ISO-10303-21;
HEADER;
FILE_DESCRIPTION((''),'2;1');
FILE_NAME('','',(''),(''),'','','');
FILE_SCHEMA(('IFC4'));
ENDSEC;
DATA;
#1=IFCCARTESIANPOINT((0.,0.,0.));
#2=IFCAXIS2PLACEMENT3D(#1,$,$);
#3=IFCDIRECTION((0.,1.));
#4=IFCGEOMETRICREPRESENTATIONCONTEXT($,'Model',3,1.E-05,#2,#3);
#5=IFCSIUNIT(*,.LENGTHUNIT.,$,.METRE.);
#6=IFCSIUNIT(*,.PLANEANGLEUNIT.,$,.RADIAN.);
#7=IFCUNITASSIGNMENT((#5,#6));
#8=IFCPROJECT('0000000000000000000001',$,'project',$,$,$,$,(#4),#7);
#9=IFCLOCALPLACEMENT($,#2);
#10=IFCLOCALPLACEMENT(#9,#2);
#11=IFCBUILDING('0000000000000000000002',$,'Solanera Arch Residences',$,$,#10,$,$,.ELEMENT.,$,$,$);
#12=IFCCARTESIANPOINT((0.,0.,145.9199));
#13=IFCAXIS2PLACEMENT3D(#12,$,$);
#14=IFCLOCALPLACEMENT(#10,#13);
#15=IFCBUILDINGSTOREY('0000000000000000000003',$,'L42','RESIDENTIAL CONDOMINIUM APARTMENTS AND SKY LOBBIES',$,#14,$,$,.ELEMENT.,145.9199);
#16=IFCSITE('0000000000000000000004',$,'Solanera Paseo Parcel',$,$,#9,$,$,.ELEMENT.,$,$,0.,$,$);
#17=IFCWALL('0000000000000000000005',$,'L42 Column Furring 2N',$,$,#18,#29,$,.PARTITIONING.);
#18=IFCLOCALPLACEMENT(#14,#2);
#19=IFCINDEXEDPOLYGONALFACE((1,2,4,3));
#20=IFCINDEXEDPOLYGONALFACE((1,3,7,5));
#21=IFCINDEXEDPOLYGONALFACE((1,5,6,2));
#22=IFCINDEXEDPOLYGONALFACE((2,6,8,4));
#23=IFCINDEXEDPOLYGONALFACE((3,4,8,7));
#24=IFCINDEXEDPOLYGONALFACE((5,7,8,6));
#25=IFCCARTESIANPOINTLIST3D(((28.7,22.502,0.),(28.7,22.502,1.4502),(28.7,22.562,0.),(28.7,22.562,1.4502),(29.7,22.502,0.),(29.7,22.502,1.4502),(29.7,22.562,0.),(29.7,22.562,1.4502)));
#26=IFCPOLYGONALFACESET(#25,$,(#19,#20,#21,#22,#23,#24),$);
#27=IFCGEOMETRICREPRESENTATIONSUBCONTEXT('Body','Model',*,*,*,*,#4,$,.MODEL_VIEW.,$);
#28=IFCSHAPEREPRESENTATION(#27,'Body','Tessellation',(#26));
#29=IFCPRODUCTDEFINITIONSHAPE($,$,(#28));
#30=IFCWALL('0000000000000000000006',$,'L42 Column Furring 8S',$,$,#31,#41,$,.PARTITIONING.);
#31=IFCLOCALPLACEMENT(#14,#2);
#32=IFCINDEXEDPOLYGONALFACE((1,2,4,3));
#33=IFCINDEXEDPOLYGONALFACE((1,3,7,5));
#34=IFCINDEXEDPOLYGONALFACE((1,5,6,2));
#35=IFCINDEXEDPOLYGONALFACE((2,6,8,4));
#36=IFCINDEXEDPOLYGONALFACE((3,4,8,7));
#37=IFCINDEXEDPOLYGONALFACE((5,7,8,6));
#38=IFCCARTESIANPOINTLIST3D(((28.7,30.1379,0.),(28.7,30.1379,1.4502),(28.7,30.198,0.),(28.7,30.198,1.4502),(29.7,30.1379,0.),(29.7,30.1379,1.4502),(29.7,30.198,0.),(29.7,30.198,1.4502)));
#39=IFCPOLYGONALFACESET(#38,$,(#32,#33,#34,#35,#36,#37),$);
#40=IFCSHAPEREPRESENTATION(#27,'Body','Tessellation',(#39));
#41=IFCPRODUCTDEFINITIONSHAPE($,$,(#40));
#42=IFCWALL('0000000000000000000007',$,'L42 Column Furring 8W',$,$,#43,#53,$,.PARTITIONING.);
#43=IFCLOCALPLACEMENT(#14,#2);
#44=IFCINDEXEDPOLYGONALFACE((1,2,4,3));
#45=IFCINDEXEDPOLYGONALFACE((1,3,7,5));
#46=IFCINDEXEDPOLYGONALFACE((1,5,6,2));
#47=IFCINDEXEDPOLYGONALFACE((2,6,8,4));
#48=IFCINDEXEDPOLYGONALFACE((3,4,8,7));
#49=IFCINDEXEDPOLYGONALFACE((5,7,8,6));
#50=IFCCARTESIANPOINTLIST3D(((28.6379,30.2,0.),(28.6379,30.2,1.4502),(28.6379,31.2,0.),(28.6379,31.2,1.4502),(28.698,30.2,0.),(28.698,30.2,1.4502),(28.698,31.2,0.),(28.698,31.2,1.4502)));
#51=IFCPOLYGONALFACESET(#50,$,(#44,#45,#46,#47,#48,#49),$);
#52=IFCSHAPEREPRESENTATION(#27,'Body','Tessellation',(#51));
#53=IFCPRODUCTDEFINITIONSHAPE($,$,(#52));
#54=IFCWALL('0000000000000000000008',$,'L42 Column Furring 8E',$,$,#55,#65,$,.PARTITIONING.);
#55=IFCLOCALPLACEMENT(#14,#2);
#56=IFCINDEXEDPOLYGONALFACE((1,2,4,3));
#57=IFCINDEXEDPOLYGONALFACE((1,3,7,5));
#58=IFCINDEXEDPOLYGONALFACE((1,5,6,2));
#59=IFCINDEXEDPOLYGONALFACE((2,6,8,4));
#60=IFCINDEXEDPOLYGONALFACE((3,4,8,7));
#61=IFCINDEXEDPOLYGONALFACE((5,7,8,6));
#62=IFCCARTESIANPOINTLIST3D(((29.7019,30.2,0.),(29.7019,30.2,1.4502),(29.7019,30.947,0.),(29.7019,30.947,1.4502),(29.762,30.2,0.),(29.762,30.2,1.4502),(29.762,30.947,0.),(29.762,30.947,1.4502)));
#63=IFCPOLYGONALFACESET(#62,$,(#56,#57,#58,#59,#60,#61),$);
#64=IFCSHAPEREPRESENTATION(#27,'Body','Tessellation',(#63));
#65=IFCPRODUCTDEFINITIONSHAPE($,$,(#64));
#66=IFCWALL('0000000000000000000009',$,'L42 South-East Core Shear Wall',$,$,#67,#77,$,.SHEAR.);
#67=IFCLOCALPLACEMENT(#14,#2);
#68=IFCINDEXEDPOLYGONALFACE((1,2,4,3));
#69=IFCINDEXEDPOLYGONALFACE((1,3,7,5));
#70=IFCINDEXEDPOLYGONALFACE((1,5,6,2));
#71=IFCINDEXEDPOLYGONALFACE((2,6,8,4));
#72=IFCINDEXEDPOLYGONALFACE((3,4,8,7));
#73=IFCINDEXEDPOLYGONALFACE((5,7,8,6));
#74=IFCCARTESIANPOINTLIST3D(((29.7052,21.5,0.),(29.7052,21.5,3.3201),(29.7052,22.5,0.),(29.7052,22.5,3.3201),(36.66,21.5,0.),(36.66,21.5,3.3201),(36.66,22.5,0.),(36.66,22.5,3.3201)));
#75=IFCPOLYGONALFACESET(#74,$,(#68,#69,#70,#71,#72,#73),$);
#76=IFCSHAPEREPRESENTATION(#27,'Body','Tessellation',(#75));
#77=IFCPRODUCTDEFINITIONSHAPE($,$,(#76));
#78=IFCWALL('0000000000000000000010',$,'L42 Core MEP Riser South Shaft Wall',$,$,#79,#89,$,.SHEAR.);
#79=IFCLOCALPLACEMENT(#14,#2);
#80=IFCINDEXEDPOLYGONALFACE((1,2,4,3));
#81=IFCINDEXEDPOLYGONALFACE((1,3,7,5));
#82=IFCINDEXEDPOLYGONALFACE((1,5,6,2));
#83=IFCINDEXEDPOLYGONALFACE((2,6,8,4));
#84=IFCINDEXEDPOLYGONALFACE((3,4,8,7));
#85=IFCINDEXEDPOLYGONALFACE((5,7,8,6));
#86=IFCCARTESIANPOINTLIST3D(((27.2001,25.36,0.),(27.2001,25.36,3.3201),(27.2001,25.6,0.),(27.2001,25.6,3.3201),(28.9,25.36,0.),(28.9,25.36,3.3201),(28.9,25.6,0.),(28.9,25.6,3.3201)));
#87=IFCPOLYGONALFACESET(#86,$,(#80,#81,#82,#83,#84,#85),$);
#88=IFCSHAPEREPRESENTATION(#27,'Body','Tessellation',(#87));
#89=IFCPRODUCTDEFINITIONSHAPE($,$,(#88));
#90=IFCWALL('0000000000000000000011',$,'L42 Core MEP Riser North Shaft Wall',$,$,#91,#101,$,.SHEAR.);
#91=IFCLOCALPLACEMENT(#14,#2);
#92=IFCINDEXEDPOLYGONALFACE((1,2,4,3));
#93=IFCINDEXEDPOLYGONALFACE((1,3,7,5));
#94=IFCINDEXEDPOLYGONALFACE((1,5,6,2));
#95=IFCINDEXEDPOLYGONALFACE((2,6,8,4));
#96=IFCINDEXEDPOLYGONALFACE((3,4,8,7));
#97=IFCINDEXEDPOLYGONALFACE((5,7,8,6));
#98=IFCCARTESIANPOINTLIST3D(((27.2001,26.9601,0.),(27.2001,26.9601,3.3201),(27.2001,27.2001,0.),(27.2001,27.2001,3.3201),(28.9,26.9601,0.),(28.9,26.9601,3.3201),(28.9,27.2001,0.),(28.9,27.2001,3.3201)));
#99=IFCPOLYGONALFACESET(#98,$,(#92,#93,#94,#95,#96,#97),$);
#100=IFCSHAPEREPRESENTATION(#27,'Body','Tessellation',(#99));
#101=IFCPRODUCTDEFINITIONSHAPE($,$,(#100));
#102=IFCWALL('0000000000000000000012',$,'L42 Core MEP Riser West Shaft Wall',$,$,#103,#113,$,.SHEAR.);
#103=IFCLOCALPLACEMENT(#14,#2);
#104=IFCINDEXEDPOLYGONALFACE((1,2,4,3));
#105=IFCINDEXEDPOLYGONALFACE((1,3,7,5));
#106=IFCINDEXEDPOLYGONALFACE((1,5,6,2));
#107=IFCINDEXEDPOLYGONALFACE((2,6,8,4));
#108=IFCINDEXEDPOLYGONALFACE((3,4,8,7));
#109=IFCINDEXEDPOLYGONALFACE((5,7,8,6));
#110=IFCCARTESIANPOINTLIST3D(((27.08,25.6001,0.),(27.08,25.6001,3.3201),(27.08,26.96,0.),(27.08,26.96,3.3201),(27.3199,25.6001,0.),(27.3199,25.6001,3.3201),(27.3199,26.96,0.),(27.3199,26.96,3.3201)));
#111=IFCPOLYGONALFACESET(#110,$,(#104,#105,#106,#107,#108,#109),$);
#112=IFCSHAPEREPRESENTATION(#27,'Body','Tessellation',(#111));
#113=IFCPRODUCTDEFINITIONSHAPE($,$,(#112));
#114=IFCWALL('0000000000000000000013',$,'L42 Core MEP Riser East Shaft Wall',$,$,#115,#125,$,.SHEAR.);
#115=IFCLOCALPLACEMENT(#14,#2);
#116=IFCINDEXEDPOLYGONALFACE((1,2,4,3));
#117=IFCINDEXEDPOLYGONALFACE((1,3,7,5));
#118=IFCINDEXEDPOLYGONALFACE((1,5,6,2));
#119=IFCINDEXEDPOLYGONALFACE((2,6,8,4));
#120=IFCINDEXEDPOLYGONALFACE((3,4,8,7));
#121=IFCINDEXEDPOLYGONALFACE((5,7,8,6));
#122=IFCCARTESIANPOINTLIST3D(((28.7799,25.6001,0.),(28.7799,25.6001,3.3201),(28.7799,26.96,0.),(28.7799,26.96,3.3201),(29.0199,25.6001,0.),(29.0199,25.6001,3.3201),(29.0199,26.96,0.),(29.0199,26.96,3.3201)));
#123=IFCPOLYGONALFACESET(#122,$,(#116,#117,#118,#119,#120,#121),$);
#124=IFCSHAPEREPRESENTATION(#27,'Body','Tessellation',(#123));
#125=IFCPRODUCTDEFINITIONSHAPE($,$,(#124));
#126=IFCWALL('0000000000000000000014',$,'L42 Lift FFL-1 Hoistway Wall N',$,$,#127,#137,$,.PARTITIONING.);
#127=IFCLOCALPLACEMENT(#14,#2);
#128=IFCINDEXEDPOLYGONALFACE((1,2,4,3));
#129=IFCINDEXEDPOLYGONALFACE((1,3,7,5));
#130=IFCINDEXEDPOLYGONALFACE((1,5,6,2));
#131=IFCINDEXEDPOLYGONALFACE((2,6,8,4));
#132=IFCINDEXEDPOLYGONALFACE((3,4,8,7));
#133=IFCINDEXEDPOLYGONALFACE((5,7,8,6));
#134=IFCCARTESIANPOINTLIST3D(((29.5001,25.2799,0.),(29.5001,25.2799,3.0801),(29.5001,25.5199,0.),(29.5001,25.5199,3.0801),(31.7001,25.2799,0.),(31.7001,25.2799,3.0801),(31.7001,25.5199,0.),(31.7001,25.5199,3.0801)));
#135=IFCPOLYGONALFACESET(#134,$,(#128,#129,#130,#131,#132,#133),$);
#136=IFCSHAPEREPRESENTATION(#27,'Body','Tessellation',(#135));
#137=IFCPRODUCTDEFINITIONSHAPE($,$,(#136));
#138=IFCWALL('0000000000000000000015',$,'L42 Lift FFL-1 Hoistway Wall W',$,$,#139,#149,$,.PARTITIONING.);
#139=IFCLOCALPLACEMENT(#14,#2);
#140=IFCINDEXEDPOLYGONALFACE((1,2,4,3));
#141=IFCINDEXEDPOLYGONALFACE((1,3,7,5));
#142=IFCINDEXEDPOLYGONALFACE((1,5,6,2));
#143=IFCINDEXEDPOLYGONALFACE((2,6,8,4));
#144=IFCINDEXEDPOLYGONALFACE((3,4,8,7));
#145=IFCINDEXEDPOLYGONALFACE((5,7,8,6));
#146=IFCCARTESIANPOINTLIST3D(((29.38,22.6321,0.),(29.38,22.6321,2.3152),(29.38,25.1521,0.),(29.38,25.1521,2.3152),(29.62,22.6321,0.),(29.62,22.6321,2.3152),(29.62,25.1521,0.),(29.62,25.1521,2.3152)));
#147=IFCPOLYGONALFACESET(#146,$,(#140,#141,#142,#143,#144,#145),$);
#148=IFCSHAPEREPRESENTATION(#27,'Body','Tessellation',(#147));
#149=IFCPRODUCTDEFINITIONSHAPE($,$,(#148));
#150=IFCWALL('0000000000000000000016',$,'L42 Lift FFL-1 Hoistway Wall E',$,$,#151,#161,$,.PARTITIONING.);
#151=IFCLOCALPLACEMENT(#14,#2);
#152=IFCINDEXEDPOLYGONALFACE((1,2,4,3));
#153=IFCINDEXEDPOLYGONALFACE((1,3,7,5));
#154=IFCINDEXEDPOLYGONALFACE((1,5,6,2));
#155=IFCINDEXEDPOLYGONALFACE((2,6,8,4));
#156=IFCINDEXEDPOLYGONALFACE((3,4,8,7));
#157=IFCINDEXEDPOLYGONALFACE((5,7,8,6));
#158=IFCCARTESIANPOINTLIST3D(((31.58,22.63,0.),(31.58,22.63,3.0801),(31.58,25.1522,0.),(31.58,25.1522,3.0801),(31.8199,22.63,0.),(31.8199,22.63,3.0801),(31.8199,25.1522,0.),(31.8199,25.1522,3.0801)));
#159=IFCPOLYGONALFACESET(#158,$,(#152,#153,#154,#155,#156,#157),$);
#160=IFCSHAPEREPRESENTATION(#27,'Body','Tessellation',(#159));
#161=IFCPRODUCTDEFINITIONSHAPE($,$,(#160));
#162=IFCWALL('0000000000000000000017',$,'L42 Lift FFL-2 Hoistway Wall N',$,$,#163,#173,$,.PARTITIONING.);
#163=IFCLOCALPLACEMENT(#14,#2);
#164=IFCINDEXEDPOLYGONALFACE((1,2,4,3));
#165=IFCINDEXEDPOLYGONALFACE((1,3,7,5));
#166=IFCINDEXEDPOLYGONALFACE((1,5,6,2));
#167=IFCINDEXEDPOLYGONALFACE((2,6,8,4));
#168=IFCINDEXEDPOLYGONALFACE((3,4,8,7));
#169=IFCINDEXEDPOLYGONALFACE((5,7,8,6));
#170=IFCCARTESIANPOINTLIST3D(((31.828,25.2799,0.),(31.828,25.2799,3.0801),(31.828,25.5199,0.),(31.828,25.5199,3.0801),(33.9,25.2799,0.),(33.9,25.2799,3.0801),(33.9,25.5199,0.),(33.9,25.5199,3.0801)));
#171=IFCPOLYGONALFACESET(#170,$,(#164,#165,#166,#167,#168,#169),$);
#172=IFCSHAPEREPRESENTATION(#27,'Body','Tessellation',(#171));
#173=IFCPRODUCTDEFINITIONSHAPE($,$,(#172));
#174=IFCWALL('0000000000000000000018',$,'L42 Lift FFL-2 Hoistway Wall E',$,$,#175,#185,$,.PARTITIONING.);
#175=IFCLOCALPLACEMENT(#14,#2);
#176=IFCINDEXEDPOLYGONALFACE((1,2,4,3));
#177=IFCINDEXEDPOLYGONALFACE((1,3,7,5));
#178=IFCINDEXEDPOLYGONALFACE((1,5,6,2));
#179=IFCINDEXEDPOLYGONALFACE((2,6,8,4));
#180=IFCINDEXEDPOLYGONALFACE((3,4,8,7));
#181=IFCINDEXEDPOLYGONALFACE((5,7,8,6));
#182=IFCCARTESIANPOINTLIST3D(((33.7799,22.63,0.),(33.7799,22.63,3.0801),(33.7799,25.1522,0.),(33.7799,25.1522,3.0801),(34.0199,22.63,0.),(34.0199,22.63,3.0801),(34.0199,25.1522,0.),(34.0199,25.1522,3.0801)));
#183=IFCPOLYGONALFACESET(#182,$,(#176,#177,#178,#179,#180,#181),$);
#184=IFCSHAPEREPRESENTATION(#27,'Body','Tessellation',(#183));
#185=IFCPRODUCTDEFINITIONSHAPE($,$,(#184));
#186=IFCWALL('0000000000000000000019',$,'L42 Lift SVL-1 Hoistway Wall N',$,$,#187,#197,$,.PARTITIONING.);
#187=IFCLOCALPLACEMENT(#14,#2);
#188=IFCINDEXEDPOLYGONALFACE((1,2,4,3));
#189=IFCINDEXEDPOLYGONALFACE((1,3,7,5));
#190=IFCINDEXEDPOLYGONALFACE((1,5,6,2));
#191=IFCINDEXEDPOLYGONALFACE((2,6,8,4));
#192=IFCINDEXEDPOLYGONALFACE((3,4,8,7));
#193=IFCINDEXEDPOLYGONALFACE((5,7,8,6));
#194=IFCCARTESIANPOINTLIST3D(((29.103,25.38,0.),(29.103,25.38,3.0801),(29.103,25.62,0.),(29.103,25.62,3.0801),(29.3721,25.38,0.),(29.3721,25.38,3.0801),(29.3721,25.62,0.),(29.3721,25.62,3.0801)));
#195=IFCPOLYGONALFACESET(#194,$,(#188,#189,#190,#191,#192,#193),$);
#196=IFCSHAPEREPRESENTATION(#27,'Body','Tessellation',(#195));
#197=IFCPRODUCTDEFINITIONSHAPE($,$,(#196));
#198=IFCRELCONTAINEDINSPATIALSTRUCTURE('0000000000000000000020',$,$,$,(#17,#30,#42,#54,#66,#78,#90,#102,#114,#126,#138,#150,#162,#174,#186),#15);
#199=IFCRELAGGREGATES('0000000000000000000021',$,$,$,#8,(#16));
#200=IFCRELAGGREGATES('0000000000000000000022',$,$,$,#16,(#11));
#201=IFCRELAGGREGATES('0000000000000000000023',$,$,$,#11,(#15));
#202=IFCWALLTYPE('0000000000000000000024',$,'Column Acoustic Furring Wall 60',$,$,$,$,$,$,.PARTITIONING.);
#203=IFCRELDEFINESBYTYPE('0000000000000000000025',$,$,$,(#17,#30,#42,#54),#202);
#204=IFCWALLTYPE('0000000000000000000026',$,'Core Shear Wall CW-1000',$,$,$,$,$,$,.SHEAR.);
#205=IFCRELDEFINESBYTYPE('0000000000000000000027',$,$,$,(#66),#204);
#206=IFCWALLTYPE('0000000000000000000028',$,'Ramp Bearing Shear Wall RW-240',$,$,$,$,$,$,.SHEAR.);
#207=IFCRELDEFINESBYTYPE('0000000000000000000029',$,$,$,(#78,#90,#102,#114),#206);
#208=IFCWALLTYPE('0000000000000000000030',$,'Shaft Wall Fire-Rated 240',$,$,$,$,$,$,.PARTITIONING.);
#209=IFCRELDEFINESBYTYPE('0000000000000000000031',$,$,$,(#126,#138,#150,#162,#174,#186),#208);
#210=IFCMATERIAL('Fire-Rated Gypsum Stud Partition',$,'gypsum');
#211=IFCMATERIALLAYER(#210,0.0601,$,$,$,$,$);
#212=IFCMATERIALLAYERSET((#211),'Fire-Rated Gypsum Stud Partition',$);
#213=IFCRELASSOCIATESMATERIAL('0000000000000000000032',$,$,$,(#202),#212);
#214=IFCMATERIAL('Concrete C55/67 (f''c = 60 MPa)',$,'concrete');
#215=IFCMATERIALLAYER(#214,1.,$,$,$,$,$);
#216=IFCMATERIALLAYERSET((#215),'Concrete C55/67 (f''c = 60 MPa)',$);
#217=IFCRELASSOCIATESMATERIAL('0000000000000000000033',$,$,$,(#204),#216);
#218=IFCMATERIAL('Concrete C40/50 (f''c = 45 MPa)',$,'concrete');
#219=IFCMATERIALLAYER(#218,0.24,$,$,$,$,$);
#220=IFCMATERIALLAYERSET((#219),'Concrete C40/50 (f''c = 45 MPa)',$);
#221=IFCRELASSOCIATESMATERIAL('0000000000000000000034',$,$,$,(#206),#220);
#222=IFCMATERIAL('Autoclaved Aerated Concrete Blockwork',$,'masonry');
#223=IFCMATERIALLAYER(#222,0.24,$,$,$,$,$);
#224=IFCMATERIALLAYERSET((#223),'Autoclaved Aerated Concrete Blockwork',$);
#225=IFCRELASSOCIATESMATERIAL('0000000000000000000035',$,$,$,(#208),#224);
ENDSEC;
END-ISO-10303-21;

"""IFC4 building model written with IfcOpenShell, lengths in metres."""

from ifc_helpers import new_model, si_unit, direction, frame, frame_2d, origin, place, context, subcontext, project, spatial, rectangle, extrude, material, layer, layer_set, type_object, element, save


model = new_model("IFC4")

# Units and contexts
model_context = context("Model", 3, precision=1e-05, world=origin(), true_north=direction((0.0, 1.0)))
body_context = subcontext(model_context, "Body", "Model", "MODEL_VIEW")
ifc_project = project(units=[si_unit("LENGTHUNIT", "METRE"), si_unit("PLANEANGLEUNIT", "RADIAN")], contexts=[model_context])

# Site, building, storey
site_placement = place(None, origin())
site = spatial("IfcSite", under=ifc_project, at=site_placement, Name="Solanera Paseo Parcel", CompositionType="ELEMENT", RefElevation=0.0)
building_placement = place(site_placement, origin())
building = spatial("IfcBuilding", under=site, at=building_placement, Name="Solanera Arch Residences", CompositionType="ELEMENT")
storey_placement = place(building_placement, frame((0.0, 0.0, 145.9199)))
storey = spatial("IfcBuildingStorey", under=building, at=storey_placement, Name="L42", Description="RESIDENTIAL CONDOMINIUM APARTMENTS AND SKY LOBBIES", CompositionType="ELEMENT", Elevation=145.9199)

# Walls
ifc_material_1 = material(Name="Fire-Rated Gypsum Stud Partition", Category="gypsum")
ifc_layer_1 = layer(ifc_material_1, 0.0601)
ifc_layer_set_1 = layer_set([ifc_layer_1], Name="Fire-Rated Gypsum Stud Partition")
wall_type_1 = type_object("IfcWallType", Name="Column Acoustic Furring Wall 60", PredefinedType="PARTITIONING", material=ifc_layer_set_1)
for number, where, z_axis, x_axis, name in (
    (1, (28.7, 22.532, 0.0), (0.0, 0.0, 1.0), (1.0, 0.0, 0.0), "L42 Column Furring 2N"),
    (2, (28.7, 30.168, 0.0), (0.0, 0.0, 1.0), (1.0, 0.0, 0.0), "L42 Column Furring 8S"),
    (3, (28.668, 30.2, 0.0), (0.0, 0.0, 1.0), (0.0, 1.0, 0.0), "L42 Column Furring 8W"),
):
    element("IfcWall", number, at=place(storey_placement, frame(where, z_axis=z_axis, x_axis=x_axis)), inside=storey, type_object=wall_type_1, Name=name, PredefinedType="PARTITIONING", context=body_context, shape_type="SweptSolid", body=[
        extrude(rectangle(XDim=1.0, YDim=0.0601, at=frame_2d((0.5, 0.0))), origin(), (0.0, 0.0, 1.0), 1.4502),
    ])
wall_1_placement = place(storey_placement, frame((29.7319, 30.2, 0.0), z_axis=(0.0, 0.0, 1.0), x_axis=(0.0, 1.0, 0.0)))
element("IfcWall", 4, at=wall_1_placement, inside=storey, type_object=wall_type_1, Name="L42 Column Furring 8E", PredefinedType="PARTITIONING", context=body_context, shape_type="SweptSolid", body=[
    extrude(rectangle(XDim=0.7471, YDim=0.0601, at=frame_2d((0.3735, 0.0))), origin(), (0.0, 0.0, 1.0), 1.4502),
])
ifc_material_2 = material(Name="Concrete C55/67 (f'c = 60 MPa)", Category="concrete")
ifc_layer_2 = layer(ifc_material_2, 1.0)
ifc_layer_set_2 = layer_set([ifc_layer_2], Name="Concrete C55/67 (f'c = 60 MPa)")
wall_type_2 = type_object("IfcWallType", Name="Core Shear Wall CW-1000", PredefinedType="SHEAR", material=ifc_layer_set_2)
wall_2_placement = place(storey_placement, frame((29.7051, 22.0, 0.0), z_axis=(0.0, 0.0, 1.0), x_axis=(1.0, 0.0, 0.0)))
element("IfcWall", 5, at=wall_2_placement, inside=storey, type_object=wall_type_2, Name="L42 South-East Core Shear Wall", PredefinedType="SHEAR", context=body_context, shape_type="SweptSolid", body=[
    extrude(rectangle(XDim=6.9548, YDim=1.0, at=frame_2d((3.4775, 0.0))), origin(), (0.0, 0.0, 1.0), 3.3201),
])
ifc_material_3 = material(Name="Concrete C40/50 (f'c = 45 MPa)", Category="concrete")
ifc_layer_3 = layer(ifc_material_3, 0.24)
ifc_layer_set_3 = layer_set([ifc_layer_3], Name="Concrete C40/50 (f'c = 45 MPa)")
wall_type_3 = type_object("IfcWallType", Name="Ramp Bearing Shear Wall RW-240", PredefinedType="SHEAR", material=ifc_layer_set_3)
for number, where, z_axis, x_axis, name in (
    (6, (27.2, 25.48, 0.0), (0.0, 0.0, 1.0), (1.0, 0.0, 0.0), "L42 Core MEP Riser South Shaft Wall"),
    (7, (27.2, 27.0801, 0.0), (0.0, 0.0, 1.0), (1.0, 0.0, 0.0), "L42 Core MEP Riser North Shaft Wall"),
):
    element("IfcWall", number, at=place(storey_placement, frame(where, z_axis=z_axis, x_axis=x_axis)), inside=storey, type_object=wall_type_3, Name=name, PredefinedType="SHEAR", context=body_context, shape_type="SweptSolid", body=[
        extrude(rectangle(XDim=1.7, YDim=0.24, at=frame_2d((0.8501, 0.0))), origin(), (0.0, 0.0, 1.0), 3.3201),
    ])
for number, where, z_axis, x_axis, name in (
    (8, (27.2, 25.6001, 0.0), (0.0, 0.0, 1.0), (0.0, 1.0, 0.0), "L42 Core MEP Riser West Shaft Wall"),
    (9, (28.8999, 25.6001, 0.0), (0.0, 0.0, 1.0), (0.0, 1.0, 0.0), "L42 Core MEP Riser East Shaft Wall"),
):
    element("IfcWall", number, at=place(storey_placement, frame(where, z_axis=z_axis, x_axis=x_axis)), inside=storey, type_object=wall_type_3, Name=name, PredefinedType="SHEAR", context=body_context, shape_type="SweptSolid", body=[
        extrude(rectangle(XDim=1.3599, YDim=0.24, at=frame_2d((0.6799, 0.0))), origin(), (0.0, 0.0, 1.0), 3.3201),
    ])
ifc_material_4 = material(Name="Autoclaved Aerated Concrete Blockwork", Category="masonry")
ifc_layer_4 = layer(ifc_material_4, 0.24)
ifc_layer_set_4 = layer_set([ifc_layer_4], Name="Autoclaved Aerated Concrete Blockwork")
wall_type_4 = type_object("IfcWallType", Name="Shaft Wall Fire-Rated 240", PredefinedType="PARTITIONING", material=ifc_layer_set_4)
wall_3_placement = place(storey_placement, frame((29.5, 25.3999, 0.0), z_axis=(0.0, 0.0, 1.0), x_axis=(1.0, 0.0, 0.0)))
element("IfcWall", 10, at=wall_3_placement, inside=storey, type_object=wall_type_4, Name="L42 Lift FFL-1 Hoistway Wall N", PredefinedType="PARTITIONING", context=body_context, shape_type="SweptSolid", body=[
    extrude(rectangle(XDim=2.2, YDim=0.24, at=frame_2d((1.1001, 0.0))), origin(), (0.0, 0.0, 1.0), 3.0801),
])
wall_4_placement = place(storey_placement, frame((29.5, 22.6321, 0.0), z_axis=(0.0, 0.0, 1.0), x_axis=(0.0, 1.0, 0.0)))
element("IfcWall", 11, at=wall_4_placement, inside=storey, type_object=wall_type_4, Name="L42 Lift FFL-1 Hoistway Wall W", PredefinedType="PARTITIONING", context=body_context, shape_type="SweptSolid", body=[
    extrude(rectangle(XDim=2.52, YDim=0.24, at=frame_2d((1.26, 0.0))), origin(), (0.0, 0.0, 1.0), 2.3152),
])
wall_5_placement = place(storey_placement, frame((31.7, 22.6299, 0.0), z_axis=(0.0, 0.0, 1.0), x_axis=(0.0, 1.0, 0.0)))
element("IfcWall", 12, at=wall_5_placement, inside=storey, type_object=wall_type_4, Name="L42 Lift FFL-1 Hoistway Wall E", PredefinedType="PARTITIONING", context=body_context, shape_type="SweptSolid", body=[
    extrude(rectangle(XDim=2.5222, YDim=0.24, at=frame_2d((1.2612, 0.0))), origin(), (0.0, 0.0, 1.0), 3.0801),
])
wall_6_placement = place(storey_placement, frame((31.8279, 25.3999, 0.0), z_axis=(0.0, 0.0, 1.0), x_axis=(1.0, 0.0, 0.0)))
element("IfcWall", 13, at=wall_6_placement, inside=storey, type_object=wall_type_4, Name="L42 Lift FFL-2 Hoistway Wall N", PredefinedType="PARTITIONING", context=body_context, shape_type="SweptSolid", body=[
    extrude(rectangle(XDim=2.072, YDim=0.24, at=frame_2d((1.0361, 0.0))), origin(), (0.0, 0.0, 1.0), 3.0801),
])
wall_7_placement = place(storey_placement, frame((33.8999, 22.6299, 0.0), z_axis=(0.0, 0.0, 1.0), x_axis=(0.0, 1.0, 0.0)))
element("IfcWall", 14, at=wall_7_placement, inside=storey, type_object=wall_type_4, Name="L42 Lift FFL-2 Hoistway Wall E", PredefinedType="PARTITIONING", context=body_context, shape_type="SweptSolid", body=[
    extrude(rectangle(XDim=2.5222, YDim=0.24, at=frame_2d((1.2612, 0.0))), origin(), (0.0, 0.0, 1.0), 3.0801),
])
wall_8_placement = place(storey_placement, frame((29.103, 25.5, 0.0), z_axis=(0.0, 0.0, 1.0), x_axis=(1.0, 0.0, 0.0)))
element("IfcWall", 15, at=wall_8_placement, inside=storey, type_object=wall_type_4, Name="L42 Lift SVL-1 Hoistway Wall N", PredefinedType="PARTITIONING", context=body_context, shape_type="SweptSolid", body=[
    extrude(rectangle(XDim=0.269, YDim=0.24, at=frame_2d((0.1345, 0.0))), origin(), (0.0, 0.0, 1.0), 3.0801),
])

save(model, "model.ifc")
